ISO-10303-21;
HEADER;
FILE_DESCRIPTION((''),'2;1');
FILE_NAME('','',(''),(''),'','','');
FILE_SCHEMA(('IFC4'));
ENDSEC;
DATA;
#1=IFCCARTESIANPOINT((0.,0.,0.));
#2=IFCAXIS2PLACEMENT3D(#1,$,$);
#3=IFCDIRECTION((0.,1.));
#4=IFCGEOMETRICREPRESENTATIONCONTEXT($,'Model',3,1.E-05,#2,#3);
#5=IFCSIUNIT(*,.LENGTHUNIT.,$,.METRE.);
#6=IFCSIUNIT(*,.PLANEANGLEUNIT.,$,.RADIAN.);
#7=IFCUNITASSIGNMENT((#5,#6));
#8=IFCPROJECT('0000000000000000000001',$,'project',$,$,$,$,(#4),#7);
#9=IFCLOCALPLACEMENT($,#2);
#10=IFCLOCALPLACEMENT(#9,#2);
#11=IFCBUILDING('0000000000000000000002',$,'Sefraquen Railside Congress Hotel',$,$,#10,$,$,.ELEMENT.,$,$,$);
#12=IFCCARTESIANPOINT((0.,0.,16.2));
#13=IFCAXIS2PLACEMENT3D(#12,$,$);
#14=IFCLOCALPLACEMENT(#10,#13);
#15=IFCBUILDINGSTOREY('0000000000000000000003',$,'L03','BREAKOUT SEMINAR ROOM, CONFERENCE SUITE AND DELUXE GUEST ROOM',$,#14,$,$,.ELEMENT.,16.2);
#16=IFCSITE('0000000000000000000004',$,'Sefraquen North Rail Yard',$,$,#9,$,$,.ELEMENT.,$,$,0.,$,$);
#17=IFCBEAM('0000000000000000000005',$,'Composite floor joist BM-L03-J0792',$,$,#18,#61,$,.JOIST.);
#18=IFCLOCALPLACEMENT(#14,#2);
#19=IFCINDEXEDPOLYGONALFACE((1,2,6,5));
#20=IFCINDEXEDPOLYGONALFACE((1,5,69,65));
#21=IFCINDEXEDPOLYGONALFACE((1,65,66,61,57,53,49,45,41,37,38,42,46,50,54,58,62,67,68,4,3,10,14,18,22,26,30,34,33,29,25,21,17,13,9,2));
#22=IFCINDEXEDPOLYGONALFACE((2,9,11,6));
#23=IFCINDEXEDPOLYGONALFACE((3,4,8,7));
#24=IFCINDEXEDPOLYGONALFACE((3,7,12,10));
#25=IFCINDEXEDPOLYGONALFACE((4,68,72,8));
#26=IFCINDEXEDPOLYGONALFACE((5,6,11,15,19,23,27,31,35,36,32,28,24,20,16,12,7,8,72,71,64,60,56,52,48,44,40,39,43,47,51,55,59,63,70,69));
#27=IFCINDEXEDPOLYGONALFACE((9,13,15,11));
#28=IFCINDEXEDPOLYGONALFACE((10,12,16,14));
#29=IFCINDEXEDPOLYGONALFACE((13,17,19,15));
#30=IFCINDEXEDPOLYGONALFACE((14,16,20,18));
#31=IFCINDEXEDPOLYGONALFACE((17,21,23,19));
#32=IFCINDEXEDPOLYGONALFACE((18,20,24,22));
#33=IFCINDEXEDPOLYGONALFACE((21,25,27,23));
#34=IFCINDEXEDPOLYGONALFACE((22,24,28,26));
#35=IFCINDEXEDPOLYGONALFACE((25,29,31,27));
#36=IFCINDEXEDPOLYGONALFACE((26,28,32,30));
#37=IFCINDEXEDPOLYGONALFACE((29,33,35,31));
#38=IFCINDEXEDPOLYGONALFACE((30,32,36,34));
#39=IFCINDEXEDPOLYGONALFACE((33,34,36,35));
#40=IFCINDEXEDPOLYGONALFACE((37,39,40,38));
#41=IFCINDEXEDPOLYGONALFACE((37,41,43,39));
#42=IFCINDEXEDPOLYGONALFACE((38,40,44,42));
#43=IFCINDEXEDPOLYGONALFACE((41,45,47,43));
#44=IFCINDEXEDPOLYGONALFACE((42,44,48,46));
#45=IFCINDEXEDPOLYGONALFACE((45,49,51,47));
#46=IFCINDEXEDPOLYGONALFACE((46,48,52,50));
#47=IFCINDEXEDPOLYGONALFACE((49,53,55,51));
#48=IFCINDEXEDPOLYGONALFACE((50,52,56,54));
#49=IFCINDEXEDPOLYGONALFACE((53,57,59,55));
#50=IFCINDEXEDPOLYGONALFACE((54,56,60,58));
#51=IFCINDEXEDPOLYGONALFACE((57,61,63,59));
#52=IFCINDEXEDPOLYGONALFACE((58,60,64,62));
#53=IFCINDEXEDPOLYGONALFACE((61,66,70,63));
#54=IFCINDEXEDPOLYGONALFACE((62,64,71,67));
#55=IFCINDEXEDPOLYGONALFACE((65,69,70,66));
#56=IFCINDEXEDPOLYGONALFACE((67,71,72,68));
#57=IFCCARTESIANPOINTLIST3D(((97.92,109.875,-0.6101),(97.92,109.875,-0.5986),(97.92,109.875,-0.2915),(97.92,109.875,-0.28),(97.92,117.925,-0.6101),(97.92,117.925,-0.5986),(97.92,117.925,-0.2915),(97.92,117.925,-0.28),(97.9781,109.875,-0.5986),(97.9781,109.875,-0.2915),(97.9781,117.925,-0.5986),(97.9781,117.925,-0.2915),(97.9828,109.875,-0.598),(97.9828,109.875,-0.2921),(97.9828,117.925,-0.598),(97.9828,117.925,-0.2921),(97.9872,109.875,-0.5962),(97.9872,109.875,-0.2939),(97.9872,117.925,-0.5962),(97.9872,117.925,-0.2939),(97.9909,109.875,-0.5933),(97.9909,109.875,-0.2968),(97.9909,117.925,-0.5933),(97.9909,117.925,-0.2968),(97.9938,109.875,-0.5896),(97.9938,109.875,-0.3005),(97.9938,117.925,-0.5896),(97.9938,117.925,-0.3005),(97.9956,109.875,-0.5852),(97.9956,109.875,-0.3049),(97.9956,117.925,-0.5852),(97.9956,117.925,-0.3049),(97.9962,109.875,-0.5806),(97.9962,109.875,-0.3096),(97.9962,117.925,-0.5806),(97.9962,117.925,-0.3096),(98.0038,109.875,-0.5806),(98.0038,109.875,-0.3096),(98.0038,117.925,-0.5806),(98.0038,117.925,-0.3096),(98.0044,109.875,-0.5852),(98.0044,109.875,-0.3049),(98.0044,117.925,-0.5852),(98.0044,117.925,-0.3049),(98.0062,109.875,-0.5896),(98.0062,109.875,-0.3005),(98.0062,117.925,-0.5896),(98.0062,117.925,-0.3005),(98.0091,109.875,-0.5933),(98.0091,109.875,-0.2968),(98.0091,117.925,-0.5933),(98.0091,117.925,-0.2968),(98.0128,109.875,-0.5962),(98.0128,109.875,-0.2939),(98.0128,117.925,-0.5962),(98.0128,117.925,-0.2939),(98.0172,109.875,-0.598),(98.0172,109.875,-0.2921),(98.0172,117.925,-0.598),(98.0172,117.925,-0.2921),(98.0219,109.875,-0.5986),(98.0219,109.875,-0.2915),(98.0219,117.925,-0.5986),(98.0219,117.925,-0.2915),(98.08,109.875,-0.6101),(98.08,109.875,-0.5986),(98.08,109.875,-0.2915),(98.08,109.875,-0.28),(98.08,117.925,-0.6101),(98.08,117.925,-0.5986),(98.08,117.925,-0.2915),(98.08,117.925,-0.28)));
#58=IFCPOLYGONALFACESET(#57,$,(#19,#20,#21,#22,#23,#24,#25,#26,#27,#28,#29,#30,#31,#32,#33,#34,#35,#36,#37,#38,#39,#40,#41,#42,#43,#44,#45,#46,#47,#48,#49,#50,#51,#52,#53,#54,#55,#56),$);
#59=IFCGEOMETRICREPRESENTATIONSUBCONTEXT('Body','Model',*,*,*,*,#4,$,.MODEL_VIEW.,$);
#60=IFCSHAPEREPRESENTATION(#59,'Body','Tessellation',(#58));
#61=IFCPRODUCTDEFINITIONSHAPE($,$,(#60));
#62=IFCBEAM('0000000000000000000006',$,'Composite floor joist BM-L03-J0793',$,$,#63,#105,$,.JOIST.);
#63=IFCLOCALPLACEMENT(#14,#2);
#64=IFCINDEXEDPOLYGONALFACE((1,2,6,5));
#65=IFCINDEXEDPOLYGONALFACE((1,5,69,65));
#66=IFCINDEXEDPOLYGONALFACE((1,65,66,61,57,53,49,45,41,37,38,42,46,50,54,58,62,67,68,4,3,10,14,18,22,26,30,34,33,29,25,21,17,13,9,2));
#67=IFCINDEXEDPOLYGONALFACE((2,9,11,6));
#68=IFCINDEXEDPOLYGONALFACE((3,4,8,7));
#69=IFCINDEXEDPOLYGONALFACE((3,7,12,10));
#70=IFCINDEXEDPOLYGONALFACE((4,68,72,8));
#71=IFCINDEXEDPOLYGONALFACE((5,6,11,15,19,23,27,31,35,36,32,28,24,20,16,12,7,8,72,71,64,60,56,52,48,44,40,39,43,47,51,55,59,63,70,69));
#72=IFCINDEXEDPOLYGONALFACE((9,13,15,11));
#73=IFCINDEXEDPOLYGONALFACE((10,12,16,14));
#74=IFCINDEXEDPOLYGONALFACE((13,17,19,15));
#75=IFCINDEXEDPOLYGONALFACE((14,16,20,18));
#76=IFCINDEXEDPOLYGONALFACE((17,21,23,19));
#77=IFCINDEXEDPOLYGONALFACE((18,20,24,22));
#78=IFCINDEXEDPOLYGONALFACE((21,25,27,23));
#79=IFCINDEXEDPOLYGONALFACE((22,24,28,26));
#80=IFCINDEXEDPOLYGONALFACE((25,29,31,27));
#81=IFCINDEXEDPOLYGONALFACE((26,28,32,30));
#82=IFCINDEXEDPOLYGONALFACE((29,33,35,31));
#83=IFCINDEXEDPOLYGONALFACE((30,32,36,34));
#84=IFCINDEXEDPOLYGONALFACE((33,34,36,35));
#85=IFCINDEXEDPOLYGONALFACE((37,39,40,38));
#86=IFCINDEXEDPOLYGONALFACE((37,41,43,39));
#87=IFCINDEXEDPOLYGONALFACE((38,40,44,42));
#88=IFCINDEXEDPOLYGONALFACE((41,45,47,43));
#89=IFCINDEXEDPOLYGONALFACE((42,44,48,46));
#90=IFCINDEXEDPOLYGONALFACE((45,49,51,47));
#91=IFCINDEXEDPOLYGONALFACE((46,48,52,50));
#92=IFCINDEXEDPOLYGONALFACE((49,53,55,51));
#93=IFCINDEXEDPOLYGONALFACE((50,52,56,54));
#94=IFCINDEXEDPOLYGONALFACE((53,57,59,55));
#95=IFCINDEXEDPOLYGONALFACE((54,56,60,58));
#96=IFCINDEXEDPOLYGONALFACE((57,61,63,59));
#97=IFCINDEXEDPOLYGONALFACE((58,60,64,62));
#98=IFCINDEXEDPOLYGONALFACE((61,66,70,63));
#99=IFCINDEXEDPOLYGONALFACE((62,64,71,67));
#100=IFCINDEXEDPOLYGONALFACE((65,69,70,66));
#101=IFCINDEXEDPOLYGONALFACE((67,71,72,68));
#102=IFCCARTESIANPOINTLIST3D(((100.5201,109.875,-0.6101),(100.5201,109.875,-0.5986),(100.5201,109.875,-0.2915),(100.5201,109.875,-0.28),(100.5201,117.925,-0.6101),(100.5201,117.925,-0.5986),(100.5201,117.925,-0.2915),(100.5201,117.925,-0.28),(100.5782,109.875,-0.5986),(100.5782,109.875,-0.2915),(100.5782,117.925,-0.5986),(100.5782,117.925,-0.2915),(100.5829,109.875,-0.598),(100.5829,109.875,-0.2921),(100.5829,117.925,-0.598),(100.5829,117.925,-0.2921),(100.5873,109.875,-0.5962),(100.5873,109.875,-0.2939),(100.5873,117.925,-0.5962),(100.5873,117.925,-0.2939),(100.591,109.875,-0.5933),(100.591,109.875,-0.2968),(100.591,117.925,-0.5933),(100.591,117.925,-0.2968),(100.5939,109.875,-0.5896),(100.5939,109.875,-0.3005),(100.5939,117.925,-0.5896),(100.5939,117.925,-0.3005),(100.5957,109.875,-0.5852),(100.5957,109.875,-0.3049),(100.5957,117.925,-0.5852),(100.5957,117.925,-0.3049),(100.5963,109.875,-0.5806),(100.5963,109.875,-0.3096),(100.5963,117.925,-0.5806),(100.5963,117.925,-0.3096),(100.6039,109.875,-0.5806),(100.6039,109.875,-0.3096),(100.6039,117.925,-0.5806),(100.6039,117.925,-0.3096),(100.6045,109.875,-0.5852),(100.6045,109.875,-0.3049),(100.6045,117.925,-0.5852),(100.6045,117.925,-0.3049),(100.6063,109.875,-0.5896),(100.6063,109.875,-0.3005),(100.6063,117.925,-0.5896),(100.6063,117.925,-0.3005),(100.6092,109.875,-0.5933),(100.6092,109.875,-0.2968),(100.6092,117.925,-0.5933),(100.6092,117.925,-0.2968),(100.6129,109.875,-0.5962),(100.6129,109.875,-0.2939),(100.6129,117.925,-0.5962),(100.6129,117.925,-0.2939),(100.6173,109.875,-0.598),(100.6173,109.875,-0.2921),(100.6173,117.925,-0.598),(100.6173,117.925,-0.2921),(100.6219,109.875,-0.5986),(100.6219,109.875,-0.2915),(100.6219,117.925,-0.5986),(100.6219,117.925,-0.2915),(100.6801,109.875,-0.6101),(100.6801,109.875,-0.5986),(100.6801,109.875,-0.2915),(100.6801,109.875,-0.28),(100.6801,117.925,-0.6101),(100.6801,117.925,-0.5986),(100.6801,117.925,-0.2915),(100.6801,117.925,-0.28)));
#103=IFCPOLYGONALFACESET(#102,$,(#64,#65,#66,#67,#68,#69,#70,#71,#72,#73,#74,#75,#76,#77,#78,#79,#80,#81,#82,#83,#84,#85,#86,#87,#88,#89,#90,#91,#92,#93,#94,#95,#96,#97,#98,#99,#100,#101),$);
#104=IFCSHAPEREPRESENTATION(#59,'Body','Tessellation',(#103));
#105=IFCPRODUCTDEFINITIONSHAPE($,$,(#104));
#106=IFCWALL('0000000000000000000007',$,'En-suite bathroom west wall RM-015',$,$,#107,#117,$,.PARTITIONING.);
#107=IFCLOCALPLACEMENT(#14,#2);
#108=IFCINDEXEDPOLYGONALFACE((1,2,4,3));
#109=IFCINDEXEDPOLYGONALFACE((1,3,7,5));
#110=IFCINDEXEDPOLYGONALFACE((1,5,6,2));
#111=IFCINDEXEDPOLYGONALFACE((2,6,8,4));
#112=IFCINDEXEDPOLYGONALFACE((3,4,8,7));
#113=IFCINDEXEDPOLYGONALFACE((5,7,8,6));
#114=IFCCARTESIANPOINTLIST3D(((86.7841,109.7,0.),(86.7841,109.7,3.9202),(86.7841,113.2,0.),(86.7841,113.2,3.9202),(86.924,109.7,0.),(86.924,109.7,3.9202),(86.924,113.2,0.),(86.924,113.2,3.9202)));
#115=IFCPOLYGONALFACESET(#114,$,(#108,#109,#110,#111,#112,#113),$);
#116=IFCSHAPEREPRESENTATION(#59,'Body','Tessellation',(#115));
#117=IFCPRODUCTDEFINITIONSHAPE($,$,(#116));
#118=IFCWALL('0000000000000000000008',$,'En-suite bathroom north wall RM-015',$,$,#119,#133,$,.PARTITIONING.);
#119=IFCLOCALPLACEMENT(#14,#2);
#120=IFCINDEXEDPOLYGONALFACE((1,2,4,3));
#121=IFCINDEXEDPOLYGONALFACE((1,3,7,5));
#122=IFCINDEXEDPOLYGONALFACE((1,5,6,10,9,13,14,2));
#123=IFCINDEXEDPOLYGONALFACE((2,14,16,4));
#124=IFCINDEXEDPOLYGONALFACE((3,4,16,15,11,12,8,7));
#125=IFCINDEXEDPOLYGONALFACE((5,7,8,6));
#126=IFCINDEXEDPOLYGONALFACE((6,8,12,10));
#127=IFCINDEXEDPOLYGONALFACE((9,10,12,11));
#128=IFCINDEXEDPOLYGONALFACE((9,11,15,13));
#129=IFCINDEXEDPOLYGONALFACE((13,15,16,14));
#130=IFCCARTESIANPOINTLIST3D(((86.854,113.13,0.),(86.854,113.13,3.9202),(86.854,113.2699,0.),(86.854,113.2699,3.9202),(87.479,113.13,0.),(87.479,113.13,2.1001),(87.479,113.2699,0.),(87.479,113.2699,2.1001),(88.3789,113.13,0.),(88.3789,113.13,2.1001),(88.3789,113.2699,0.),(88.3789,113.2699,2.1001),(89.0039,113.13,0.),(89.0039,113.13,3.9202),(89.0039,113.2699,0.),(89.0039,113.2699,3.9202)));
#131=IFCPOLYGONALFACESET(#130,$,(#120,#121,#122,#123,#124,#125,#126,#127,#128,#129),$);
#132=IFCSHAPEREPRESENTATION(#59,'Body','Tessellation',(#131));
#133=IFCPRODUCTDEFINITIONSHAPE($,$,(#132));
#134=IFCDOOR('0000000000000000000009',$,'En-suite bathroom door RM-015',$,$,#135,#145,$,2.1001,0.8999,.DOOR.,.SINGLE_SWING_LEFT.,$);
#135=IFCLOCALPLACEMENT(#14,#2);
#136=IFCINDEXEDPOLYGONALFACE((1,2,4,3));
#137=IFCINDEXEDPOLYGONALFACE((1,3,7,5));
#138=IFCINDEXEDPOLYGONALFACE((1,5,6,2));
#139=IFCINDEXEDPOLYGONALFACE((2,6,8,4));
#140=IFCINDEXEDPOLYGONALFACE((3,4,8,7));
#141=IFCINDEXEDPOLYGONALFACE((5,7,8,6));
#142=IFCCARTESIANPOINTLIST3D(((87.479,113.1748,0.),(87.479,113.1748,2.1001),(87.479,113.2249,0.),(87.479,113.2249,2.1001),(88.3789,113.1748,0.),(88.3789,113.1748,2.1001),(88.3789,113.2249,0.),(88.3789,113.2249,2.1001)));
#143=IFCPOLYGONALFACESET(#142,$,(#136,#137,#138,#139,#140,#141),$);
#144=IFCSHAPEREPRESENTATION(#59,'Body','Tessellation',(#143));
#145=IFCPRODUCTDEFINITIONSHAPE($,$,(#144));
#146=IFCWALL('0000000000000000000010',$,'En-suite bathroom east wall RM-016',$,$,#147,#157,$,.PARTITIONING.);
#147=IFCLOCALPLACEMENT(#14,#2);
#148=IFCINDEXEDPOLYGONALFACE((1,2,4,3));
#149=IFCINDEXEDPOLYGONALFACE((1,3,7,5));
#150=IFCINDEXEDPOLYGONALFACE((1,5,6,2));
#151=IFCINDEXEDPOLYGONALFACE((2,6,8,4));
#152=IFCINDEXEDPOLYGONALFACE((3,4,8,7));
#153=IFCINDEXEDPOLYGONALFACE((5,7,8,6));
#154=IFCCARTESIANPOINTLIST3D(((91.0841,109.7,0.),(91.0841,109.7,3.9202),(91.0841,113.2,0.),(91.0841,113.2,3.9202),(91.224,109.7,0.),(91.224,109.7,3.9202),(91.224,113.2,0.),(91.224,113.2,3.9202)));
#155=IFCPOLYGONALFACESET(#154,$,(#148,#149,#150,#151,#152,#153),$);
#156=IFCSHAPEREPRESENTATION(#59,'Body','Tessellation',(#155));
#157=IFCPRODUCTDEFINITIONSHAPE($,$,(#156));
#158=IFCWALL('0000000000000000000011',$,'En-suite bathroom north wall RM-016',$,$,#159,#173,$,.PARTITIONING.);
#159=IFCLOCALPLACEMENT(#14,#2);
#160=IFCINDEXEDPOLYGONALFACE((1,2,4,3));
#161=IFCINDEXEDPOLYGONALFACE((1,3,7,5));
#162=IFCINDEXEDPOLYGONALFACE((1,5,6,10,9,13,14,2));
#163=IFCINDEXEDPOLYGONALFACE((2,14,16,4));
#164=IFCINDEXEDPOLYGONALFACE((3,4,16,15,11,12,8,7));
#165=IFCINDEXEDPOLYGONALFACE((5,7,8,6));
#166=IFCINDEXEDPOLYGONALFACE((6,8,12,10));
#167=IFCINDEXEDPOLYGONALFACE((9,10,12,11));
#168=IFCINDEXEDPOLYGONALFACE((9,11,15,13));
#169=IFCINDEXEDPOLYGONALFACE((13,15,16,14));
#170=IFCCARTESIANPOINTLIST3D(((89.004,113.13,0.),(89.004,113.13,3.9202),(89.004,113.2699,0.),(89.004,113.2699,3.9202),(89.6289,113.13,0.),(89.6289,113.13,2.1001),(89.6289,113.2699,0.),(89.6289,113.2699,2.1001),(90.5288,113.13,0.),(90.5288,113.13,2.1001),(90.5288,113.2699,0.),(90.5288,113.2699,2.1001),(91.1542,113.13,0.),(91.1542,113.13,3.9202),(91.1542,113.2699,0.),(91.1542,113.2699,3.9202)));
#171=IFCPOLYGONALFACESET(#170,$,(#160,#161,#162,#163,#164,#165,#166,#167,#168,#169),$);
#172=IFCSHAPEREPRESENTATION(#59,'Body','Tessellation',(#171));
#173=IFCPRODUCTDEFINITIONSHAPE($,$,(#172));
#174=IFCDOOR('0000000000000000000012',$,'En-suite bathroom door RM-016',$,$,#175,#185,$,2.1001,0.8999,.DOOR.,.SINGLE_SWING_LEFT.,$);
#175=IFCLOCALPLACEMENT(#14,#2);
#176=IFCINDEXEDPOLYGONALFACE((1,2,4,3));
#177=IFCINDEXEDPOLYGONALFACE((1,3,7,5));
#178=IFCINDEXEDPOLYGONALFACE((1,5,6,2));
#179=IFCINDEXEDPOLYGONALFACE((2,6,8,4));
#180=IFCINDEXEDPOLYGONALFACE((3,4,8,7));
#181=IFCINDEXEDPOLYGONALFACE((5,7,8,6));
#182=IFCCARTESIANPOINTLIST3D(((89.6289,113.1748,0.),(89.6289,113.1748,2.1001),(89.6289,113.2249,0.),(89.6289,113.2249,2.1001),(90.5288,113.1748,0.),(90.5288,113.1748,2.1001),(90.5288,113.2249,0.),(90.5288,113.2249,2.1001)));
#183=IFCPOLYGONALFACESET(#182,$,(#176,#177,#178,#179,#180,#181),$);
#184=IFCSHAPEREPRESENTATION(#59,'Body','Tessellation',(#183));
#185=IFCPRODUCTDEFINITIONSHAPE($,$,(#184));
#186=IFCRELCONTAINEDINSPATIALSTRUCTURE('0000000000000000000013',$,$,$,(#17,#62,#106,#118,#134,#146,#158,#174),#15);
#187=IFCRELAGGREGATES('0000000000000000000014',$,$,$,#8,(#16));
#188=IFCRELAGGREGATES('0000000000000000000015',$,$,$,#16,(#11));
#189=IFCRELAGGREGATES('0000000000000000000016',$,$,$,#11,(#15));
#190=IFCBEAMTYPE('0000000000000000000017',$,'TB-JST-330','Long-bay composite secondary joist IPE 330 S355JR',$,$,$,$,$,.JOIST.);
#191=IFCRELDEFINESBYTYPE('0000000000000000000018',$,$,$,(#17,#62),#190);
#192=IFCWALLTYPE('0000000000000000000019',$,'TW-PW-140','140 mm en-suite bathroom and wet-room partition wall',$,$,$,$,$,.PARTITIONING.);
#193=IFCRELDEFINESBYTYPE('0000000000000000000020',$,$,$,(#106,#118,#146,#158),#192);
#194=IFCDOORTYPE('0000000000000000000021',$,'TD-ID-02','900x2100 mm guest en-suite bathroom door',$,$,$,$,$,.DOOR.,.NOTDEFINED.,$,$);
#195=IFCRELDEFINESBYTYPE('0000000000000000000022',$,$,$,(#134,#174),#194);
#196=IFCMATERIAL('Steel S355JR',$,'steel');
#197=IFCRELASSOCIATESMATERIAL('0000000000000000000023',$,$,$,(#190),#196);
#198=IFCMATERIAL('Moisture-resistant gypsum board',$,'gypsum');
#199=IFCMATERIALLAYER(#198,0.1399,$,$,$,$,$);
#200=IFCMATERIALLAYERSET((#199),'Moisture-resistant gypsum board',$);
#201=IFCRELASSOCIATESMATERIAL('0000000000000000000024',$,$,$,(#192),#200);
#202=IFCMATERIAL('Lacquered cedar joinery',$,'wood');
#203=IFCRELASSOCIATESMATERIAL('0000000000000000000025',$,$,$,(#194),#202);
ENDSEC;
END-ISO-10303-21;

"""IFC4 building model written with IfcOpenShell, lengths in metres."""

from ifc_helpers import new_model, si_unit, direction, frame, frame_2d, origin, origin_2d, place, context, subcontext, project, spatial, rectangle, i_section, extrude, material, layer, layer_set, material_profile, profile_set, type_object, element, fill, save


model = new_model("IFC4")

# Units and contexts
model_context = context("Model", 3, precision=1e-05, world=origin(), true_north=direction((0.0, 1.0)))
body_context = subcontext(model_context, "Body", "Model", "MODEL_VIEW")
ifc_project = project(units=[si_unit("LENGTHUNIT", "METRE"), si_unit("PLANEANGLEUNIT", "RADIAN")], contexts=[model_context])

# Site, building, storey
site_placement = place(None, origin())
site = spatial("IfcSite", under=ifc_project, at=site_placement, Name="Sefraquen North Rail Yard", CompositionType="ELEMENT", RefElevation=0.0)
building_placement = place(site_placement, origin())
building = spatial("IfcBuilding", under=site, at=building_placement, Name="Sefraquen Railside Congress Hotel", CompositionType="ELEMENT")
storey_placement = place(building_placement, frame((0.0, 0.0, 16.2)))
storey = spatial("IfcBuildingStorey", under=building, at=storey_placement, Name="L03", Description="BREAKOUT SEMINAR ROOM, CONFERENCE SUITE AND DELUXE GUEST ROOM", CompositionType="ELEMENT", Elevation=16.2)

# Shared definitions
ifc_material_1 = material(Name="Steel S355JR", Category="steel")

# Beams
ifc_material_profile_1 = material_profile(ifc_material_1, i_section(OverallWidth=0.1599, OverallDepth=0.3301, WebThickness=0.0076, FlangeThickness=0.0115, FilletRadius=0.0181, at=origin_2d()), Name="IPE 330")
ifc_profile_set_1 = profile_set([ifc_material_profile_1], Name="Steel S355JR")
beam_type_1 = type_object("IfcBeamType", Name="TB-JST-330", Description="Long-bay composite secondary joist IPE 330 S355JR", PredefinedType="JOIST", material=ifc_profile_set_1)
for number, where, z_axis, x_axis, name in (
    (1, (98.0, 109.875, -0.4451), (0.0, 1.0, 0.0), (-1.0, 0.0, 0.0), "Composite floor joist BM-L03-J0792"),
    (2, (100.6001, 109.875, -0.4451), (0.0, 1.0, 0.0), (-1.0, 0.0, 0.0), "Composite floor joist BM-L03-J0793"),
):
    element("IfcBeam", number, at=place(storey_placement, frame(where, z_axis=z_axis, x_axis=x_axis)), inside=storey, type_object=beam_type_1, Name=name, PredefinedType="JOIST", context=body_context, shape_type="SweptSolid", body=[
        extrude(i_section(OverallWidth=0.1599, OverallDepth=0.3301, WebThickness=0.0076, FlangeThickness=0.0115, FilletRadius=0.0181, at=origin_2d()), origin(), (0.0, 0.0, 1.0), 8.05),
    ])

# Wall
ifc_material_2 = material(Name="Moisture-resistant gypsum board", Category="gypsum")
ifc_layer_1 = layer(ifc_material_2, 0.1399)
ifc_layer_set_1 = layer_set([ifc_layer_1], Name="Moisture-resistant gypsum board")
wall_type_1 = type_object("IfcWallType", Name="TW-PW-140", Description="140 mm en-suite bathroom and wet-room partition wall", PredefinedType="PARTITIONING", material=ifc_layer_set_1)
wall_1_placement = place(storey_placement, frame((86.854, 109.7, 0.0), z_axis=(0.0, 0.0, 1.0), x_axis=(0.0, 1.0, 0.0)))
element("IfcWall", 3, at=wall_1_placement, inside=storey, type_object=wall_type_1, Name="En-suite bathroom west wall RM-015", PredefinedType="PARTITIONING", context=body_context, shape_type="SweptSolid", body=[
    extrude(rectangle(XDim=3.5, YDim=0.1399, at=frame_2d((1.75, 0.0))), origin(), (0.0, 0.0, 1.0), 3.9202),
])

# Wall, opening, door
wall_2_placement = place(storey_placement, frame((86.854, 113.2, 0.0), z_axis=(0.0, 0.0, 1.0), x_axis=(1.0, 0.0, 0.0)))
wall_2 = element("IfcWall", 4, at=wall_2_placement, inside=storey, type_object=wall_type_1, Name="En-suite bathroom north wall RM-015", PredefinedType="PARTITIONING", context=body_context, shape_type="SweptSolid", body=[
    extrude(rectangle(XDim=2.1499, YDim=0.1399, at=frame_2d((1.075, 0.0))), origin(), (0.0, 0.0, 1.0), 3.9202),
])
opening_1_placement = place(wall_2_placement, frame((0.625, 0.0, 0.0)))
opening_1 = element("IfcOpeningElement", 5, at=opening_1_placement, cuts=wall_2, PredefinedType="OPENING", context=body_context, shape_type="SweptSolid", body=[
    extrude(rectangle(XDim=0.8999, YDim=2.1001, at=frame_2d((0.45, 1.05))), frame((0.0, 0.0798, 0.0), z_axis=(0.0, -1.0, 0.0), x_axis=(1.0, 0.0, 0.0)), (0.0, 0.0, 1.0), 0.1599),
])
ifc_material_3 = material(Name="Lacquered cedar joinery", Category="wood")
door_type = type_object("IfcDoorType", Name="TD-ID-02", Description="900x2100 mm guest en-suite bathroom door", OperationType="NOTDEFINED", PredefinedType="DOOR", material=ifc_material_3)
door_1_placement = place(opening_1_placement, origin())
door_1 = element("IfcDoor", 6, at=door_1_placement, inside=storey, type_object=door_type, Name="En-suite bathroom door RM-015", OperationType="SINGLE_SWING_LEFT", OverallHeight=2.1001, OverallWidth=0.8999, PredefinedType="DOOR", context=body_context, shape_type="SweptSolid", body=[
    extrude(rectangle(XDim=0.8999, YDim=2.1001, at=frame_2d((0.45, 1.05))), frame((0.0, 0.0249, 0.0), z_axis=(0.0, -1.0, 0.0), x_axis=(1.0, 0.0, 0.0)), (0.0, 0.0, 1.0), 0.05),
])
fill(opening_1, door_1)

# Wall
wall_3_placement = place(storey_placement, frame((91.1541, 109.7, 0.0), z_axis=(0.0, 0.0, 1.0), x_axis=(0.0, 1.0, 0.0)))
element("IfcWall", 7, at=wall_3_placement, inside=storey, type_object=wall_type_1, Name="En-suite bathroom east wall RM-016", PredefinedType="PARTITIONING", context=body_context, shape_type="SweptSolid", body=[
    extrude(rectangle(XDim=3.5, YDim=0.1399, at=frame_2d((1.75, 0.0))), origin(), (0.0, 0.0, 1.0), 3.9202),
])

# Wall, opening, door
wall_4_placement = place(storey_placement, frame((89.0039, 113.2, 0.0), z_axis=(0.0, 0.0, 1.0), x_axis=(1.0, 0.0, 0.0)))
wall_4 = element("IfcWall", 8, at=wall_4_placement, inside=storey, type_object=wall_type_1, Name="En-suite bathroom north wall RM-016", PredefinedType="PARTITIONING", context=body_context, shape_type="SweptSolid", body=[
    extrude(rectangle(XDim=2.1501, YDim=0.1399, at=frame_2d((1.0752, 0.0))), origin(), (0.0, 0.0, 1.0), 3.9202),
])
opening_2_placement = place(wall_4_placement, frame((0.625, 0.0, 0.0)))
opening_2 = element("IfcOpeningElement", 9, at=opening_2_placement, cuts=wall_4, PredefinedType="OPENING", context=body_context, shape_type="SweptSolid", body=[
    extrude(rectangle(XDim=0.8999, YDim=2.1001, at=frame_2d((0.45, 1.05))), frame((0.0, 0.0798, 0.0), z_axis=(0.0, -1.0, 0.0), x_axis=(1.0, 0.0, 0.0)), (0.0, 0.0, 1.0), 0.1599),
])
door_2_placement = place(opening_2_placement, origin())
door_2 = element("IfcDoor", 10, at=door_2_placement, inside=storey, type_object=door_type, Name="En-suite bathroom door RM-016", OperationType="SINGLE_SWING_LEFT", OverallHeight=2.1001, OverallWidth=0.8999, PredefinedType="DOOR", context=body_context, shape_type="SweptSolid", body=[
    extrude(rectangle(XDim=0.8999, YDim=2.1001, at=frame_2d((0.45, 1.05))), frame((0.0, 0.0249, 0.0), z_axis=(0.0, -1.0, 0.0), x_axis=(1.0, 0.0, 0.0)), (0.0, 0.0, 1.0), 0.05),
])
fill(opening_2, door_2)

save(model, "model.ifc")
